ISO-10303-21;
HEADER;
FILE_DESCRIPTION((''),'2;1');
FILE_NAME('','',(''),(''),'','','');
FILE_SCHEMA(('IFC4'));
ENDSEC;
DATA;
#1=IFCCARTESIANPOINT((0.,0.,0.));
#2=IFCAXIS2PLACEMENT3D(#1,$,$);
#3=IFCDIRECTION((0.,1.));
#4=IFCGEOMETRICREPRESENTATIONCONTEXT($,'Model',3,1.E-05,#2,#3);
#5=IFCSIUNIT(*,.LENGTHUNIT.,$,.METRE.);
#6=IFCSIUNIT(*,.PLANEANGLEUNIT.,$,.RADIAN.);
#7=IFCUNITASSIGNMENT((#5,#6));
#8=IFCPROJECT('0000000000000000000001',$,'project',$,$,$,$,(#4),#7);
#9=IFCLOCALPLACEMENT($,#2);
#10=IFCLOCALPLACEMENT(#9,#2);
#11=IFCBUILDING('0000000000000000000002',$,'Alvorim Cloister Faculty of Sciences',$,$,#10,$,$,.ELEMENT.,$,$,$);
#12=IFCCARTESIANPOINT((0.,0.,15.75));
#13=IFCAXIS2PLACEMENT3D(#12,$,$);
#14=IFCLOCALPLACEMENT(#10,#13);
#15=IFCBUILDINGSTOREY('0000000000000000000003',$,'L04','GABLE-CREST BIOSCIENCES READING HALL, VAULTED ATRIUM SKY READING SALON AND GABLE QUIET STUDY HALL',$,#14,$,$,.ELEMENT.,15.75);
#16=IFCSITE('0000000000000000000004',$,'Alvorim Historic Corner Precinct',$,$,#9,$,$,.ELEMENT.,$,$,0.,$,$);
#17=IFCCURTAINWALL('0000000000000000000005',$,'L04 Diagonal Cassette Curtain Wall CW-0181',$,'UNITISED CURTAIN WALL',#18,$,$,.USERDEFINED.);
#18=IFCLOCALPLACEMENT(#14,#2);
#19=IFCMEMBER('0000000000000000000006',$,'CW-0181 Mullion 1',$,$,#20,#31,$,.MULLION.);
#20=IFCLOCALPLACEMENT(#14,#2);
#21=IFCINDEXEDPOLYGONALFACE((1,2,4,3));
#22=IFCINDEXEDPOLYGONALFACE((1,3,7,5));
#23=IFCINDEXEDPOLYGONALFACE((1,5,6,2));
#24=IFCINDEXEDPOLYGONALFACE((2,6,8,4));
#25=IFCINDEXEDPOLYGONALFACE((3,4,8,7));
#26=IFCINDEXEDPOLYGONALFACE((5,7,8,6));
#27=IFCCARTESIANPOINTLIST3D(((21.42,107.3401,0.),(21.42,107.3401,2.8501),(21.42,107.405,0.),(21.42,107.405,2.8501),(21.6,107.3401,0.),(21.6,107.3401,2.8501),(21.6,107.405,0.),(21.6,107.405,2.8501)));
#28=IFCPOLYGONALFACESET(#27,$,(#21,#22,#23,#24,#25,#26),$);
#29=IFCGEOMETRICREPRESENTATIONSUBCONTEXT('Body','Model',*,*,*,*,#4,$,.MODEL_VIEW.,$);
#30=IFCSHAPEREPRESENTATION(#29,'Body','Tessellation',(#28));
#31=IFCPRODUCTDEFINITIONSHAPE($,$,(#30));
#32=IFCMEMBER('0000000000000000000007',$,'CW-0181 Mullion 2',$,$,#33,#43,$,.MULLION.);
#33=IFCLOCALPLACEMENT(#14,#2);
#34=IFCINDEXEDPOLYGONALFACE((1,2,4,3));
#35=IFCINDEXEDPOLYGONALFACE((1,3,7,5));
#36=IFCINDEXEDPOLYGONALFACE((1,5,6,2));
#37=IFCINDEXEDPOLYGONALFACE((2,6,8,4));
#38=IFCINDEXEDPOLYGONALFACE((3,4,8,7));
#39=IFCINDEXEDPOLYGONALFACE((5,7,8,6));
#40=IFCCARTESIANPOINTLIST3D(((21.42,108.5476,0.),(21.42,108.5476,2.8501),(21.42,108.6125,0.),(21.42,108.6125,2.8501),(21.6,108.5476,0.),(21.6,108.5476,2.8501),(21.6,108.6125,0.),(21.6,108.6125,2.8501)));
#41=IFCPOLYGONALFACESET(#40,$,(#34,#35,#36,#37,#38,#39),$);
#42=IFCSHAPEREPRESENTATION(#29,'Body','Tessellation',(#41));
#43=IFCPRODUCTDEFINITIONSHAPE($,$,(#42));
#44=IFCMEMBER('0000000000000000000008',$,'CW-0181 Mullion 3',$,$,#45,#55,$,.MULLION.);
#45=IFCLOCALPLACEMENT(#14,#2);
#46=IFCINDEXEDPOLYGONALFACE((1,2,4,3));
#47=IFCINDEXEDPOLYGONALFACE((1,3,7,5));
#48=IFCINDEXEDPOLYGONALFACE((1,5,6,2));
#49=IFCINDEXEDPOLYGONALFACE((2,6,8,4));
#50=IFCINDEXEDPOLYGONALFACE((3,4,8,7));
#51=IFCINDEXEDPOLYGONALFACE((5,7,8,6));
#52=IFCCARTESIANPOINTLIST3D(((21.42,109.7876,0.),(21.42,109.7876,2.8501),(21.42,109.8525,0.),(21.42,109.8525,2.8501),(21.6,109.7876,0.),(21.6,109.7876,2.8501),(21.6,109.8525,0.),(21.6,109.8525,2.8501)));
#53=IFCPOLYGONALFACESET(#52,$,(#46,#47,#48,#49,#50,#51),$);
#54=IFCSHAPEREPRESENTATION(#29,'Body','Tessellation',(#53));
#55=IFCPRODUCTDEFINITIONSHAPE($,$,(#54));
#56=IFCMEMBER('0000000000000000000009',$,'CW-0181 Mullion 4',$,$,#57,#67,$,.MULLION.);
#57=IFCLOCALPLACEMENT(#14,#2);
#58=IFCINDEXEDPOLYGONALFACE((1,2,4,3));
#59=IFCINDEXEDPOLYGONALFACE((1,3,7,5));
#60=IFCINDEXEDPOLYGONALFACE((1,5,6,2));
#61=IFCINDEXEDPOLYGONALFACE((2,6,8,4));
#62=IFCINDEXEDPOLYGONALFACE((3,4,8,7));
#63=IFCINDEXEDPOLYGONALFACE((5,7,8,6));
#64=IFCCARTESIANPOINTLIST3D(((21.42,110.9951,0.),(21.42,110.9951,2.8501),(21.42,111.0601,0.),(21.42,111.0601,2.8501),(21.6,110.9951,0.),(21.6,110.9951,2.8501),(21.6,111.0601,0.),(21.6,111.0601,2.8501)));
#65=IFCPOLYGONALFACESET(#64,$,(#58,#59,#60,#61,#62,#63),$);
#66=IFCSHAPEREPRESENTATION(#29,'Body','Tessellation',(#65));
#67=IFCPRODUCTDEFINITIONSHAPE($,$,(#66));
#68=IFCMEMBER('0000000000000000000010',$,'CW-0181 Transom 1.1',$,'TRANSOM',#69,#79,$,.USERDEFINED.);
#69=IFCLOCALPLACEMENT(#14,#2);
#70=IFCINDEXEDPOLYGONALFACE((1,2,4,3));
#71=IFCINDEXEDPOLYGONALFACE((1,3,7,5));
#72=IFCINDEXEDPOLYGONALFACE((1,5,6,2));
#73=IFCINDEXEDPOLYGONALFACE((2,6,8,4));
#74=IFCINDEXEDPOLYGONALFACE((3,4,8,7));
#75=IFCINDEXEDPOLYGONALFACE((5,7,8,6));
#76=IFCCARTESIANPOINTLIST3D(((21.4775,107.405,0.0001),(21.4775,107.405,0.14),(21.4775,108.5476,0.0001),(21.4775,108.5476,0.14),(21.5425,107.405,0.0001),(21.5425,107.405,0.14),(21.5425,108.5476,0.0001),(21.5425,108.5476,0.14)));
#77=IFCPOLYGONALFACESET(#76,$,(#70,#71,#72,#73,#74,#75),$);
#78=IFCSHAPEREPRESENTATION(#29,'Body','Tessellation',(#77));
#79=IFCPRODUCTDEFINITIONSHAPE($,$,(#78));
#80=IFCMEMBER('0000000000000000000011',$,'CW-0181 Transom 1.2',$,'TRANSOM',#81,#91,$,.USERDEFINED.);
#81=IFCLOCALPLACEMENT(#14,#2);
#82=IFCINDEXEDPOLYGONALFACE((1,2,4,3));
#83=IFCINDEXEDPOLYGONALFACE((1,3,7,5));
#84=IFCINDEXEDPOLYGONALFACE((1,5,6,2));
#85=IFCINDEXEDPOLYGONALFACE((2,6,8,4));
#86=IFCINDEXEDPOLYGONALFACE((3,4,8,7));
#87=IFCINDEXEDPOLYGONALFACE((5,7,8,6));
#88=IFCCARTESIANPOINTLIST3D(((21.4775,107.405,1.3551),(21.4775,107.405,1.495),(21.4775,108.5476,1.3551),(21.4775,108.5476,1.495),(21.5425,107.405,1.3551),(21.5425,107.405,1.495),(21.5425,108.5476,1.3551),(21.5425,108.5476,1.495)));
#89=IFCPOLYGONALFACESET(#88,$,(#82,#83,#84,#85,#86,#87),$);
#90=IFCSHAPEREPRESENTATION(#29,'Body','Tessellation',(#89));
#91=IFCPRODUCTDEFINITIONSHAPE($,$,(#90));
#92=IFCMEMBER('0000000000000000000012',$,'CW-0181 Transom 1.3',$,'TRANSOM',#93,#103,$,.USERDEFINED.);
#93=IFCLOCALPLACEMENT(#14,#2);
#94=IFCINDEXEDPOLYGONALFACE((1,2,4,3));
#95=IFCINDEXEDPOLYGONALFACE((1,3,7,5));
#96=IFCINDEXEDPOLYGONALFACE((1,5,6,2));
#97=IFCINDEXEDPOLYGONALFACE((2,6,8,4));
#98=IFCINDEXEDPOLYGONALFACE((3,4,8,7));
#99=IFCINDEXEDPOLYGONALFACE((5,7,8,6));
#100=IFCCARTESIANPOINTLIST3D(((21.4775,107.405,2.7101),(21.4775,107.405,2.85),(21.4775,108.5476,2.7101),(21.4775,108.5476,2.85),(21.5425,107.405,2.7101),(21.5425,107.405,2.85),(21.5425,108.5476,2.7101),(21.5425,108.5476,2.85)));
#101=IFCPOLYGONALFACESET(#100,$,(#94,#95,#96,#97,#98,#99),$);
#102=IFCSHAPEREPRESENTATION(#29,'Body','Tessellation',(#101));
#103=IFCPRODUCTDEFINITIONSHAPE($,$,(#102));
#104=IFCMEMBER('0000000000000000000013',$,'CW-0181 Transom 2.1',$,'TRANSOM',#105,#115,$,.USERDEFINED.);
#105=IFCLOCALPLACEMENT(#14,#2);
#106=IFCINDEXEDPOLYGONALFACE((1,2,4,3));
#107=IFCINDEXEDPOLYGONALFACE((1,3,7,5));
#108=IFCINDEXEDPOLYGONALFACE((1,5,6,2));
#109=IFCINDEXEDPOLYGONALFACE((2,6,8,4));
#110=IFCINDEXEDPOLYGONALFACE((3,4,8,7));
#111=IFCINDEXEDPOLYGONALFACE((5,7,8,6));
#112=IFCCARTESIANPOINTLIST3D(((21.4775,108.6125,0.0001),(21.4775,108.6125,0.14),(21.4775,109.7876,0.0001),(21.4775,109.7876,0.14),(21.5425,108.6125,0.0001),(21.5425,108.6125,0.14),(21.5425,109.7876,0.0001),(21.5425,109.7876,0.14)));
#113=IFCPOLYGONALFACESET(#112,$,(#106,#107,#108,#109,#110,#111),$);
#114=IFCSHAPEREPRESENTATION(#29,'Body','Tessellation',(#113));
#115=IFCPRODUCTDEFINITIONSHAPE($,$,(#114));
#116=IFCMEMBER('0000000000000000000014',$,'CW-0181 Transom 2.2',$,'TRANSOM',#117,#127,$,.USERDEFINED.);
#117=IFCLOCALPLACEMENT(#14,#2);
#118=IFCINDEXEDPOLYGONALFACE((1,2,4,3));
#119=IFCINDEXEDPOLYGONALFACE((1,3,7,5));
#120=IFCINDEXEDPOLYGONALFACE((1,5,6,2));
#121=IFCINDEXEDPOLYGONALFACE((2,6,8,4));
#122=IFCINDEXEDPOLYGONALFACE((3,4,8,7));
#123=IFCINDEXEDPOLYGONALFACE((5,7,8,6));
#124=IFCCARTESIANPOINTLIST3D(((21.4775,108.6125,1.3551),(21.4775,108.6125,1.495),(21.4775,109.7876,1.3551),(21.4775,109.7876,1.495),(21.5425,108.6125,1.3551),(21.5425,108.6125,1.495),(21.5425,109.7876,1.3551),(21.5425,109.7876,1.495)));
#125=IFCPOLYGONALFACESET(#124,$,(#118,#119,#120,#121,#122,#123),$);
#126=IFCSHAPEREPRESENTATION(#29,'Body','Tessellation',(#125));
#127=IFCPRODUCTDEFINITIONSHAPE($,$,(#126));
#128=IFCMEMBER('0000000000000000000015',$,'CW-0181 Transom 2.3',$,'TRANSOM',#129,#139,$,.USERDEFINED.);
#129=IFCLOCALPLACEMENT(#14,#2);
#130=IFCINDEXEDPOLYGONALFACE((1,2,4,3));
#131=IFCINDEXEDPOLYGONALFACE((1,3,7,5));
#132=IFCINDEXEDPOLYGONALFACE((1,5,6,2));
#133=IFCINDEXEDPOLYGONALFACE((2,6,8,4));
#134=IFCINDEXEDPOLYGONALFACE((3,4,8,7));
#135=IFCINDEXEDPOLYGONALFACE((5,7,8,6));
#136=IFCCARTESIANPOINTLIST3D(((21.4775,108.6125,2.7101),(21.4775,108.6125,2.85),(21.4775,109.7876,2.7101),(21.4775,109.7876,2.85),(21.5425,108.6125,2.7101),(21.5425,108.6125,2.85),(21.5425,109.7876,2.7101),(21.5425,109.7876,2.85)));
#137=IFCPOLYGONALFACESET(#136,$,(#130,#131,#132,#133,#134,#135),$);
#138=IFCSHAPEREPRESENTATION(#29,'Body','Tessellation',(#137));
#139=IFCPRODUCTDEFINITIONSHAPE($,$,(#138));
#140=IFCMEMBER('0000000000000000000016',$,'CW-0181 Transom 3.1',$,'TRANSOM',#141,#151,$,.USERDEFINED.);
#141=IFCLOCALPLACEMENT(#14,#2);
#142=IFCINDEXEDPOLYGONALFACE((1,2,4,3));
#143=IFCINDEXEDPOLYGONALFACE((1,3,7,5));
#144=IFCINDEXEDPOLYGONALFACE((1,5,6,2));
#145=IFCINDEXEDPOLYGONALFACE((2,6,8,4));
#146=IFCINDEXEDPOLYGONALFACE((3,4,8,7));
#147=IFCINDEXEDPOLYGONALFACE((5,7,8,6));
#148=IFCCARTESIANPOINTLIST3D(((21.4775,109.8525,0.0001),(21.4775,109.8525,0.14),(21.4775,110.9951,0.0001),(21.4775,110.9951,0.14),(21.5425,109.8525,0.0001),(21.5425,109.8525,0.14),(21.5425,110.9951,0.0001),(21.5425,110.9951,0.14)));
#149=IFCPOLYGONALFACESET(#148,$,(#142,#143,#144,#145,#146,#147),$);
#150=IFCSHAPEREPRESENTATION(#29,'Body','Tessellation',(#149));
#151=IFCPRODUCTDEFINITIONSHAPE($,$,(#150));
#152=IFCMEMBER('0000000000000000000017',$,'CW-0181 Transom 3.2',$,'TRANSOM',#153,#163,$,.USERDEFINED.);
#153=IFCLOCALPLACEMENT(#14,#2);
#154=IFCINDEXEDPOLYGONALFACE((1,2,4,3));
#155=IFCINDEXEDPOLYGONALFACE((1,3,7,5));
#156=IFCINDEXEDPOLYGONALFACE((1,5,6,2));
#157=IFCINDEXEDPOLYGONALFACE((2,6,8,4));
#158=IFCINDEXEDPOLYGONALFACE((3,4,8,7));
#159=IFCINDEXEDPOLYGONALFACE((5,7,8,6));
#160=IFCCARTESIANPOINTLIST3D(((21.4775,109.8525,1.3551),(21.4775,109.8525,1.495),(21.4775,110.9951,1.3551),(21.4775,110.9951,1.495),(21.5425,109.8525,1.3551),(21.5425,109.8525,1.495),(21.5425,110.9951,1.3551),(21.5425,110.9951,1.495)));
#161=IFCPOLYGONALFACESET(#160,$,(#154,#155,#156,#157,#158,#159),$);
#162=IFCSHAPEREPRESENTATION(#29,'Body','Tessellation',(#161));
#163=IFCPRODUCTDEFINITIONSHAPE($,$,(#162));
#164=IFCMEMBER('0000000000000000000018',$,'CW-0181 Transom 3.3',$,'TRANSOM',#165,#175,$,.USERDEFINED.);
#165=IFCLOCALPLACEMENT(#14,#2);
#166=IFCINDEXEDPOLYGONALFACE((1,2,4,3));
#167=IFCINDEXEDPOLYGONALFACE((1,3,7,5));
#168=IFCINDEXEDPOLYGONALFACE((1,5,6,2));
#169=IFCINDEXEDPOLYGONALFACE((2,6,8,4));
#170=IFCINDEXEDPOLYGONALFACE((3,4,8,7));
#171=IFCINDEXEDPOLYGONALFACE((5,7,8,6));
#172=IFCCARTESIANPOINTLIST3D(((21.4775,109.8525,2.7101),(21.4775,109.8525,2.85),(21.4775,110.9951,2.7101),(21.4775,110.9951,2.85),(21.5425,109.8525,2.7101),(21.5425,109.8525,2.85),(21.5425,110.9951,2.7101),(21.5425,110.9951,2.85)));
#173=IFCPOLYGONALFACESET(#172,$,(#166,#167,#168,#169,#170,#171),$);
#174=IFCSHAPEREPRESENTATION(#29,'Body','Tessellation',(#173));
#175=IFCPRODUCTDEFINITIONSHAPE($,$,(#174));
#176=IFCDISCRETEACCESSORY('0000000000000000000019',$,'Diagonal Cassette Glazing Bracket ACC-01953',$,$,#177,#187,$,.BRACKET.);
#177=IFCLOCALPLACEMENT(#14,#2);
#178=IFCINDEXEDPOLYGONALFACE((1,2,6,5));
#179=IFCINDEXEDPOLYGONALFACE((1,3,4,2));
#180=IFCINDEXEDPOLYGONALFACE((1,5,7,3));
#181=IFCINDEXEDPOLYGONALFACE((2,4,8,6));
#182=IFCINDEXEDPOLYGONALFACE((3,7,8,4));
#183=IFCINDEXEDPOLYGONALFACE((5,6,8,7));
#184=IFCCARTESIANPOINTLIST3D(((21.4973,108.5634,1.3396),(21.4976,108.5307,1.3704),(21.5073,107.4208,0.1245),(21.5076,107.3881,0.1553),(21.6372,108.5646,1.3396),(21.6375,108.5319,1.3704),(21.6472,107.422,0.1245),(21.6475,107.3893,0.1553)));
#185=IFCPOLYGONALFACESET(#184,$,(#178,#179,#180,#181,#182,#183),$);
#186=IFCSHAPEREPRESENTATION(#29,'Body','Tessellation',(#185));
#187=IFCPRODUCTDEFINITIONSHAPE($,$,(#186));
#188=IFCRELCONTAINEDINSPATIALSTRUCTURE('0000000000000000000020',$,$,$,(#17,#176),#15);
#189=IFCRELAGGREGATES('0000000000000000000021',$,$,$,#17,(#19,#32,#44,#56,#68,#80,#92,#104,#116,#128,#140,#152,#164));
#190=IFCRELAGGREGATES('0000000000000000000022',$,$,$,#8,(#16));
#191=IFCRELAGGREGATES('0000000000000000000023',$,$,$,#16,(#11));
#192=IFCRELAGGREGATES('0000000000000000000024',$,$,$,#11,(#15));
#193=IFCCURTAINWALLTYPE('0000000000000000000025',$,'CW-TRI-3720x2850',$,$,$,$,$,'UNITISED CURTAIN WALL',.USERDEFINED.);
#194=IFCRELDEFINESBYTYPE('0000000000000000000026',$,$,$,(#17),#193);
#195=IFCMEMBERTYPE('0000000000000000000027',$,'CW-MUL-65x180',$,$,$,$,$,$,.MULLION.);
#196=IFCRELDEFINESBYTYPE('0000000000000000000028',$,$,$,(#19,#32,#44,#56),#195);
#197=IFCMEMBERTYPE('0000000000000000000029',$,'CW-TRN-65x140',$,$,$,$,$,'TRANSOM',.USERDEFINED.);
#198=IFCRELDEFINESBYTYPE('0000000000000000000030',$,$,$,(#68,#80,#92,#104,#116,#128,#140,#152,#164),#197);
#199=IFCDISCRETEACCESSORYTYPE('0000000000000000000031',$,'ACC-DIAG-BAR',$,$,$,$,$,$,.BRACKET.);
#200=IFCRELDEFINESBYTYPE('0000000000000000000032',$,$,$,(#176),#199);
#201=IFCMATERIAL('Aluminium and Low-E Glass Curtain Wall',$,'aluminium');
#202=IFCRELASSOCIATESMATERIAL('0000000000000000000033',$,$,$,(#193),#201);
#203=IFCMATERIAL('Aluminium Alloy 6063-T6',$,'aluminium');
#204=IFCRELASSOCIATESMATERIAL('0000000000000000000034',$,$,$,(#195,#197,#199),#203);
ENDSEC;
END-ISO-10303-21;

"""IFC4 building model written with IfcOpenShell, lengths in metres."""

from ifc_helpers import new_model, si_unit, direction, frame, origin, origin_2d, place, context, subcontext, project, spatial, rectangle, extrude, material, material_profile, profile_set, type_object, element, aggregate, save


model = new_model("IFC4")

# Units and contexts
model_context = context("Model", 3, precision=1e-05, world=origin(), true_north=direction((0.0, 1.0)))
body_context = subcontext(model_context, "Body", "Model", "MODEL_VIEW")
ifc_project = project(units=[si_unit("LENGTHUNIT", "METRE"), si_unit("PLANEANGLEUNIT", "RADIAN")], contexts=[model_context])

# Site, building, storey
site_placement = place(None, origin())
site = spatial("IfcSite", under=ifc_project, at=site_placement, Name="Alvorim Historic Corner Precinct", CompositionType="ELEMENT", RefElevation=0.0)
building_placement = place(site_placement, origin())
building = spatial("IfcBuilding", under=site, at=building_placement, Name="Alvorim Cloister Faculty of Sciences", CompositionType="ELEMENT")
storey_placement = place(building_placement, frame((0.0, 0.0, 15.75)))
storey = spatial("IfcBuildingStorey", under=building, at=storey_placement, Name="L04", Description="GABLE-CREST BIOSCIENCES READING HALL, VAULTED ATRIUM SKY READING SALON AND GABLE QUIET STUDY HALL", CompositionType="ELEMENT", Elevation=15.75)

# Curtain wall, members
ifc_material_1 = material(Name="Aluminium and Low-E Glass Curtain Wall", Category="aluminium")
curtain_wall_type = type_object("IfcCurtainWallType", Name="CW-TRI-3720x2850", ElementType="UNITISED CURTAIN WALL", PredefinedType="USERDEFINED", material=ifc_material_1)
curtain_wall_placement = place(storey_placement, origin())
curtain_wall = element("IfcCurtainWall", 1, at=curtain_wall_placement, inside=storey, type_object=curtain_wall_type, Name="L04 Diagonal Cassette Curtain Wall CW-0181", ObjectType="UNITISED CURTAIN WALL", PredefinedType="USERDEFINED")
ifc_material_2 = material(Name="Aluminium Alloy 6063-T6", Category="aluminium")
ifc_material_profile_1 = material_profile(ifc_material_2, rectangle(XDim=0.0649, YDim=0.1799, at=origin_2d()), Name="ALU-MUL-65x180")
ifc_profile_set_1 = profile_set([ifc_material_profile_1], Name="Aluminium Alloy 6063-T6")
member_type_1 = type_object("IfcMemberType", Name="CW-MUL-65x180", PredefinedType="MULLION", material=ifc_profile_set_1)
member_1_placement = place(storey_placement, frame((21.51, 107.3726, 0.0), z_axis=(0.0, 0.0, 1.0), x_axis=(0.0, 1.0, 0.0)))
member_1 = element("IfcMember", 2, at=member_1_placement, type_object=member_type_1, Name="CW-0181 Mullion 1", PredefinedType="MULLION", context=body_context, shape_type="SweptSolid", body=[
    extrude(rectangle(XDim=0.0649, YDim=0.1799, at=origin_2d()), origin(), (0.0, 0.0, 1.0), 2.8501),
])
member_2_placement = place(storey_placement, frame((21.51, 108.5801, 0.0), z_axis=(0.0, 0.0, 1.0), x_axis=(0.0, 1.0, 0.0)))
member_2 = element("IfcMember", 3, at=member_2_placement, type_object=member_type_1, Name="CW-0181 Mullion 2", PredefinedType="MULLION", context=body_context, shape_type="SweptSolid", body=[
    extrude(rectangle(XDim=0.0649, YDim=0.1799, at=origin_2d()), origin(), (0.0, 0.0, 1.0), 2.8501),
])
member_3_placement = place(storey_placement, frame((21.51, 109.8201, 0.0), z_axis=(0.0, 0.0, 1.0), x_axis=(0.0, 1.0, 0.0)))
member_3 = element("IfcMember", 4, at=member_3_placement, type_object=member_type_1, Name="CW-0181 Mullion 3", PredefinedType="MULLION", context=body_context, shape_type="SweptSolid", body=[
    extrude(rectangle(XDim=0.0649, YDim=0.1799, at=origin_2d()), origin(), (0.0, 0.0, 1.0), 2.8501),
])
member_4_placement = place(storey_placement, frame((21.51, 111.0276, 0.0), z_axis=(0.0, 0.0, 1.0), x_axis=(0.0, 1.0, 0.0)))
member_4 = element("IfcMember", 5, at=member_4_placement, type_object=member_type_1, Name="CW-0181 Mullion 4", PredefinedType="MULLION", context=body_context, shape_type="SweptSolid", body=[
    extrude(rectangle(XDim=0.0649, YDim=0.1799, at=origin_2d()), origin(), (0.0, 0.0, 1.0), 2.8501),
])
ifc_material_profile_2 = material_profile(ifc_material_2, rectangle(XDim=0.0649, YDim=0.1399, at=origin_2d()), Name="ALU-TRN-65x140")
ifc_profile_set_2 = profile_set([ifc_material_profile_2], Name="Aluminium Alloy 6063-T6")
member_type_2 = type_object("IfcMemberType", Name="CW-TRN-65x140", ElementType="TRANSOM", PredefinedType="USERDEFINED", material=ifc_profile_set_2)
member_5_placement = place(storey_placement, frame((21.51, 107.405, 0.0701), z_axis=(0.0, 1.0, 0.0), x_axis=(-1.0, 0.0, 0.0)))
member_5 = element("IfcMember", 6, at=member_5_placement, type_object=member_type_2, Name="CW-0181 Transom 1.1", ObjectType="TRANSOM", PredefinedType="USERDEFINED", context=body_context, shape_type="SweptSolid", body=[
    extrude(rectangle(XDim=0.0649, YDim=0.1399, at=origin_2d()), origin(), (0.0, 0.0, 1.0), 1.1426),
])
member_6_placement = place(storey_placement, frame((21.51, 107.405, 1.425), z_axis=(0.0, 1.0, 0.0), x_axis=(-1.0, 0.0, 0.0)))
member_6 = element("IfcMember", 7, at=member_6_placement, type_object=member_type_2, Name="CW-0181 Transom 1.2", ObjectType="TRANSOM", PredefinedType="USERDEFINED", context=body_context, shape_type="SweptSolid", body=[
    extrude(rectangle(XDim=0.0649, YDim=0.1399, at=origin_2d()), origin(), (0.0, 0.0, 1.0), 1.1426),
])
member_7_placement = place(storey_placement, frame((21.51, 107.405, 2.78), z_axis=(0.0, 1.0, 0.0), x_axis=(-1.0, 0.0, 0.0)))
member_7 = element("IfcMember", 8, at=member_7_placement, type_object=member_type_2, Name="CW-0181 Transom 1.3", ObjectType="TRANSOM", PredefinedType="USERDEFINED", context=body_context, shape_type="SweptSolid", body=[
    extrude(rectangle(XDim=0.0649, YDim=0.1399, at=origin_2d()), origin(), (0.0, 0.0, 1.0), 1.1426),
])
member_8_placement = place(storey_placement, frame((21.51, 108.6125, 0.0701), z_axis=(0.0, 1.0, 0.0), x_axis=(-1.0, 0.0, 0.0)))
member_8 = element("IfcMember", 9, at=member_8_placement, type_object=member_type_2, Name="CW-0181 Transom 2.1", ObjectType="TRANSOM", PredefinedType="USERDEFINED", context=body_context, shape_type="SweptSolid", body=[
    extrude(rectangle(XDim=0.0649, YDim=0.1399, at=origin_2d()), origin(), (0.0, 0.0, 1.0), 1.175),
])
member_9_placement = place(storey_placement, frame((21.51, 108.6125, 1.425), z_axis=(0.0, 1.0, 0.0), x_axis=(-1.0, 0.0, 0.0)))
member_9 = element("IfcMember", 10, at=member_9_placement, type_object=member_type_2, Name="CW-0181 Transom 2.2", ObjectType="TRANSOM", PredefinedType="USERDEFINED", context=body_context, shape_type="SweptSolid", body=[
    extrude(rectangle(XDim=0.0649, YDim=0.1399, at=origin_2d()), origin(), (0.0, 0.0, 1.0), 1.175),
])
member_10_placement = place(storey_placement, frame((21.51, 108.6125, 2.78), z_axis=(0.0, 1.0, 0.0), x_axis=(-1.0, 0.0, 0.0)))
member_10 = element("IfcMember", 11, at=member_10_placement, type_object=member_type_2, Name="CW-0181 Transom 2.3", ObjectType="TRANSOM", PredefinedType="USERDEFINED", context=body_context, shape_type="SweptSolid", body=[
    extrude(rectangle(XDim=0.0649, YDim=0.1399, at=origin_2d()), origin(), (0.0, 0.0, 1.0), 1.175),
])
member_11_placement = place(storey_placement, frame((21.51, 109.8525, 0.0701), z_axis=(0.0, 1.0, 0.0), x_axis=(-1.0, 0.0, 0.0)))
member_11 = element("IfcMember", 12, at=member_11_placement, type_object=member_type_2, Name="CW-0181 Transom 3.1", ObjectType="TRANSOM", PredefinedType="USERDEFINED", context=body_context, shape_type="SweptSolid", body=[
    extrude(rectangle(XDim=0.0649, YDim=0.1399, at=origin_2d()), origin(), (0.0, 0.0, 1.0), 1.1426),
])
member_12_placement = place(storey_placement, frame((21.51, 109.8525, 1.425), z_axis=(0.0, 1.0, 0.0), x_axis=(-1.0, 0.0, 0.0)))
member_12 = element("IfcMember", 13, at=member_12_placement, type_object=member_type_2, Name="CW-0181 Transom 3.2", ObjectType="TRANSOM", PredefinedType="USERDEFINED", context=body_context, shape_type="SweptSolid", body=[
    extrude(rectangle(XDim=0.0649, YDim=0.1399, at=origin_2d()), origin(), (0.0, 0.0, 1.0), 1.1426),
])
member_13_placement = place(storey_placement, frame((21.51, 109.8525, 2.78), z_axis=(0.0, 1.0, 0.0), x_axis=(-1.0, 0.0, 0.0)))
member_13 = element("IfcMember", 14, at=member_13_placement, type_object=member_type_2, Name="CW-0181 Transom 3.3", ObjectType="TRANSOM", PredefinedType="USERDEFINED", context=body_context, shape_type="SweptSolid", body=[
    extrude(rectangle(XDim=0.0649, YDim=0.1399, at=origin_2d()), origin(), (0.0, 0.0, 1.0), 1.1426),
])
aggregate(curtain_wall, [member_1, member_2, member_3, member_4, member_5, member_6, member_7, member_8, member_9, member_10, member_11, member_12, member_13])

# Discrete accessory
discrete_accessory_type = type_object("IfcDiscreteAccessoryType", Name="ACC-DIAG-BAR", PredefinedType="BRACKET", material=ifc_material_2)
discrete_accessory_1_placement = place(storey_placement, frame((21.5774, 107.405, 0.1399), z_axis=(-0.006001, 0.685024, 0.728496), x_axis=(-0.999962, -0.00876, 0.0)))
element("IfcDiscreteAccessory", 15, at=discrete_accessory_1_placement, inside=storey, type_object=discrete_accessory_type, Name="Diagonal Cassette Glazing Bracket ACC-01953", PredefinedType="BRACKET", context=body_context, shape_type="SweptSolid", body=[
    extrude(rectangle(XDim=0.1399, YDim=0.0449, at=origin_2d()), origin(), (0.0, 0.0, 1.0), 1.668),
])

save(model, "model.ifc")
